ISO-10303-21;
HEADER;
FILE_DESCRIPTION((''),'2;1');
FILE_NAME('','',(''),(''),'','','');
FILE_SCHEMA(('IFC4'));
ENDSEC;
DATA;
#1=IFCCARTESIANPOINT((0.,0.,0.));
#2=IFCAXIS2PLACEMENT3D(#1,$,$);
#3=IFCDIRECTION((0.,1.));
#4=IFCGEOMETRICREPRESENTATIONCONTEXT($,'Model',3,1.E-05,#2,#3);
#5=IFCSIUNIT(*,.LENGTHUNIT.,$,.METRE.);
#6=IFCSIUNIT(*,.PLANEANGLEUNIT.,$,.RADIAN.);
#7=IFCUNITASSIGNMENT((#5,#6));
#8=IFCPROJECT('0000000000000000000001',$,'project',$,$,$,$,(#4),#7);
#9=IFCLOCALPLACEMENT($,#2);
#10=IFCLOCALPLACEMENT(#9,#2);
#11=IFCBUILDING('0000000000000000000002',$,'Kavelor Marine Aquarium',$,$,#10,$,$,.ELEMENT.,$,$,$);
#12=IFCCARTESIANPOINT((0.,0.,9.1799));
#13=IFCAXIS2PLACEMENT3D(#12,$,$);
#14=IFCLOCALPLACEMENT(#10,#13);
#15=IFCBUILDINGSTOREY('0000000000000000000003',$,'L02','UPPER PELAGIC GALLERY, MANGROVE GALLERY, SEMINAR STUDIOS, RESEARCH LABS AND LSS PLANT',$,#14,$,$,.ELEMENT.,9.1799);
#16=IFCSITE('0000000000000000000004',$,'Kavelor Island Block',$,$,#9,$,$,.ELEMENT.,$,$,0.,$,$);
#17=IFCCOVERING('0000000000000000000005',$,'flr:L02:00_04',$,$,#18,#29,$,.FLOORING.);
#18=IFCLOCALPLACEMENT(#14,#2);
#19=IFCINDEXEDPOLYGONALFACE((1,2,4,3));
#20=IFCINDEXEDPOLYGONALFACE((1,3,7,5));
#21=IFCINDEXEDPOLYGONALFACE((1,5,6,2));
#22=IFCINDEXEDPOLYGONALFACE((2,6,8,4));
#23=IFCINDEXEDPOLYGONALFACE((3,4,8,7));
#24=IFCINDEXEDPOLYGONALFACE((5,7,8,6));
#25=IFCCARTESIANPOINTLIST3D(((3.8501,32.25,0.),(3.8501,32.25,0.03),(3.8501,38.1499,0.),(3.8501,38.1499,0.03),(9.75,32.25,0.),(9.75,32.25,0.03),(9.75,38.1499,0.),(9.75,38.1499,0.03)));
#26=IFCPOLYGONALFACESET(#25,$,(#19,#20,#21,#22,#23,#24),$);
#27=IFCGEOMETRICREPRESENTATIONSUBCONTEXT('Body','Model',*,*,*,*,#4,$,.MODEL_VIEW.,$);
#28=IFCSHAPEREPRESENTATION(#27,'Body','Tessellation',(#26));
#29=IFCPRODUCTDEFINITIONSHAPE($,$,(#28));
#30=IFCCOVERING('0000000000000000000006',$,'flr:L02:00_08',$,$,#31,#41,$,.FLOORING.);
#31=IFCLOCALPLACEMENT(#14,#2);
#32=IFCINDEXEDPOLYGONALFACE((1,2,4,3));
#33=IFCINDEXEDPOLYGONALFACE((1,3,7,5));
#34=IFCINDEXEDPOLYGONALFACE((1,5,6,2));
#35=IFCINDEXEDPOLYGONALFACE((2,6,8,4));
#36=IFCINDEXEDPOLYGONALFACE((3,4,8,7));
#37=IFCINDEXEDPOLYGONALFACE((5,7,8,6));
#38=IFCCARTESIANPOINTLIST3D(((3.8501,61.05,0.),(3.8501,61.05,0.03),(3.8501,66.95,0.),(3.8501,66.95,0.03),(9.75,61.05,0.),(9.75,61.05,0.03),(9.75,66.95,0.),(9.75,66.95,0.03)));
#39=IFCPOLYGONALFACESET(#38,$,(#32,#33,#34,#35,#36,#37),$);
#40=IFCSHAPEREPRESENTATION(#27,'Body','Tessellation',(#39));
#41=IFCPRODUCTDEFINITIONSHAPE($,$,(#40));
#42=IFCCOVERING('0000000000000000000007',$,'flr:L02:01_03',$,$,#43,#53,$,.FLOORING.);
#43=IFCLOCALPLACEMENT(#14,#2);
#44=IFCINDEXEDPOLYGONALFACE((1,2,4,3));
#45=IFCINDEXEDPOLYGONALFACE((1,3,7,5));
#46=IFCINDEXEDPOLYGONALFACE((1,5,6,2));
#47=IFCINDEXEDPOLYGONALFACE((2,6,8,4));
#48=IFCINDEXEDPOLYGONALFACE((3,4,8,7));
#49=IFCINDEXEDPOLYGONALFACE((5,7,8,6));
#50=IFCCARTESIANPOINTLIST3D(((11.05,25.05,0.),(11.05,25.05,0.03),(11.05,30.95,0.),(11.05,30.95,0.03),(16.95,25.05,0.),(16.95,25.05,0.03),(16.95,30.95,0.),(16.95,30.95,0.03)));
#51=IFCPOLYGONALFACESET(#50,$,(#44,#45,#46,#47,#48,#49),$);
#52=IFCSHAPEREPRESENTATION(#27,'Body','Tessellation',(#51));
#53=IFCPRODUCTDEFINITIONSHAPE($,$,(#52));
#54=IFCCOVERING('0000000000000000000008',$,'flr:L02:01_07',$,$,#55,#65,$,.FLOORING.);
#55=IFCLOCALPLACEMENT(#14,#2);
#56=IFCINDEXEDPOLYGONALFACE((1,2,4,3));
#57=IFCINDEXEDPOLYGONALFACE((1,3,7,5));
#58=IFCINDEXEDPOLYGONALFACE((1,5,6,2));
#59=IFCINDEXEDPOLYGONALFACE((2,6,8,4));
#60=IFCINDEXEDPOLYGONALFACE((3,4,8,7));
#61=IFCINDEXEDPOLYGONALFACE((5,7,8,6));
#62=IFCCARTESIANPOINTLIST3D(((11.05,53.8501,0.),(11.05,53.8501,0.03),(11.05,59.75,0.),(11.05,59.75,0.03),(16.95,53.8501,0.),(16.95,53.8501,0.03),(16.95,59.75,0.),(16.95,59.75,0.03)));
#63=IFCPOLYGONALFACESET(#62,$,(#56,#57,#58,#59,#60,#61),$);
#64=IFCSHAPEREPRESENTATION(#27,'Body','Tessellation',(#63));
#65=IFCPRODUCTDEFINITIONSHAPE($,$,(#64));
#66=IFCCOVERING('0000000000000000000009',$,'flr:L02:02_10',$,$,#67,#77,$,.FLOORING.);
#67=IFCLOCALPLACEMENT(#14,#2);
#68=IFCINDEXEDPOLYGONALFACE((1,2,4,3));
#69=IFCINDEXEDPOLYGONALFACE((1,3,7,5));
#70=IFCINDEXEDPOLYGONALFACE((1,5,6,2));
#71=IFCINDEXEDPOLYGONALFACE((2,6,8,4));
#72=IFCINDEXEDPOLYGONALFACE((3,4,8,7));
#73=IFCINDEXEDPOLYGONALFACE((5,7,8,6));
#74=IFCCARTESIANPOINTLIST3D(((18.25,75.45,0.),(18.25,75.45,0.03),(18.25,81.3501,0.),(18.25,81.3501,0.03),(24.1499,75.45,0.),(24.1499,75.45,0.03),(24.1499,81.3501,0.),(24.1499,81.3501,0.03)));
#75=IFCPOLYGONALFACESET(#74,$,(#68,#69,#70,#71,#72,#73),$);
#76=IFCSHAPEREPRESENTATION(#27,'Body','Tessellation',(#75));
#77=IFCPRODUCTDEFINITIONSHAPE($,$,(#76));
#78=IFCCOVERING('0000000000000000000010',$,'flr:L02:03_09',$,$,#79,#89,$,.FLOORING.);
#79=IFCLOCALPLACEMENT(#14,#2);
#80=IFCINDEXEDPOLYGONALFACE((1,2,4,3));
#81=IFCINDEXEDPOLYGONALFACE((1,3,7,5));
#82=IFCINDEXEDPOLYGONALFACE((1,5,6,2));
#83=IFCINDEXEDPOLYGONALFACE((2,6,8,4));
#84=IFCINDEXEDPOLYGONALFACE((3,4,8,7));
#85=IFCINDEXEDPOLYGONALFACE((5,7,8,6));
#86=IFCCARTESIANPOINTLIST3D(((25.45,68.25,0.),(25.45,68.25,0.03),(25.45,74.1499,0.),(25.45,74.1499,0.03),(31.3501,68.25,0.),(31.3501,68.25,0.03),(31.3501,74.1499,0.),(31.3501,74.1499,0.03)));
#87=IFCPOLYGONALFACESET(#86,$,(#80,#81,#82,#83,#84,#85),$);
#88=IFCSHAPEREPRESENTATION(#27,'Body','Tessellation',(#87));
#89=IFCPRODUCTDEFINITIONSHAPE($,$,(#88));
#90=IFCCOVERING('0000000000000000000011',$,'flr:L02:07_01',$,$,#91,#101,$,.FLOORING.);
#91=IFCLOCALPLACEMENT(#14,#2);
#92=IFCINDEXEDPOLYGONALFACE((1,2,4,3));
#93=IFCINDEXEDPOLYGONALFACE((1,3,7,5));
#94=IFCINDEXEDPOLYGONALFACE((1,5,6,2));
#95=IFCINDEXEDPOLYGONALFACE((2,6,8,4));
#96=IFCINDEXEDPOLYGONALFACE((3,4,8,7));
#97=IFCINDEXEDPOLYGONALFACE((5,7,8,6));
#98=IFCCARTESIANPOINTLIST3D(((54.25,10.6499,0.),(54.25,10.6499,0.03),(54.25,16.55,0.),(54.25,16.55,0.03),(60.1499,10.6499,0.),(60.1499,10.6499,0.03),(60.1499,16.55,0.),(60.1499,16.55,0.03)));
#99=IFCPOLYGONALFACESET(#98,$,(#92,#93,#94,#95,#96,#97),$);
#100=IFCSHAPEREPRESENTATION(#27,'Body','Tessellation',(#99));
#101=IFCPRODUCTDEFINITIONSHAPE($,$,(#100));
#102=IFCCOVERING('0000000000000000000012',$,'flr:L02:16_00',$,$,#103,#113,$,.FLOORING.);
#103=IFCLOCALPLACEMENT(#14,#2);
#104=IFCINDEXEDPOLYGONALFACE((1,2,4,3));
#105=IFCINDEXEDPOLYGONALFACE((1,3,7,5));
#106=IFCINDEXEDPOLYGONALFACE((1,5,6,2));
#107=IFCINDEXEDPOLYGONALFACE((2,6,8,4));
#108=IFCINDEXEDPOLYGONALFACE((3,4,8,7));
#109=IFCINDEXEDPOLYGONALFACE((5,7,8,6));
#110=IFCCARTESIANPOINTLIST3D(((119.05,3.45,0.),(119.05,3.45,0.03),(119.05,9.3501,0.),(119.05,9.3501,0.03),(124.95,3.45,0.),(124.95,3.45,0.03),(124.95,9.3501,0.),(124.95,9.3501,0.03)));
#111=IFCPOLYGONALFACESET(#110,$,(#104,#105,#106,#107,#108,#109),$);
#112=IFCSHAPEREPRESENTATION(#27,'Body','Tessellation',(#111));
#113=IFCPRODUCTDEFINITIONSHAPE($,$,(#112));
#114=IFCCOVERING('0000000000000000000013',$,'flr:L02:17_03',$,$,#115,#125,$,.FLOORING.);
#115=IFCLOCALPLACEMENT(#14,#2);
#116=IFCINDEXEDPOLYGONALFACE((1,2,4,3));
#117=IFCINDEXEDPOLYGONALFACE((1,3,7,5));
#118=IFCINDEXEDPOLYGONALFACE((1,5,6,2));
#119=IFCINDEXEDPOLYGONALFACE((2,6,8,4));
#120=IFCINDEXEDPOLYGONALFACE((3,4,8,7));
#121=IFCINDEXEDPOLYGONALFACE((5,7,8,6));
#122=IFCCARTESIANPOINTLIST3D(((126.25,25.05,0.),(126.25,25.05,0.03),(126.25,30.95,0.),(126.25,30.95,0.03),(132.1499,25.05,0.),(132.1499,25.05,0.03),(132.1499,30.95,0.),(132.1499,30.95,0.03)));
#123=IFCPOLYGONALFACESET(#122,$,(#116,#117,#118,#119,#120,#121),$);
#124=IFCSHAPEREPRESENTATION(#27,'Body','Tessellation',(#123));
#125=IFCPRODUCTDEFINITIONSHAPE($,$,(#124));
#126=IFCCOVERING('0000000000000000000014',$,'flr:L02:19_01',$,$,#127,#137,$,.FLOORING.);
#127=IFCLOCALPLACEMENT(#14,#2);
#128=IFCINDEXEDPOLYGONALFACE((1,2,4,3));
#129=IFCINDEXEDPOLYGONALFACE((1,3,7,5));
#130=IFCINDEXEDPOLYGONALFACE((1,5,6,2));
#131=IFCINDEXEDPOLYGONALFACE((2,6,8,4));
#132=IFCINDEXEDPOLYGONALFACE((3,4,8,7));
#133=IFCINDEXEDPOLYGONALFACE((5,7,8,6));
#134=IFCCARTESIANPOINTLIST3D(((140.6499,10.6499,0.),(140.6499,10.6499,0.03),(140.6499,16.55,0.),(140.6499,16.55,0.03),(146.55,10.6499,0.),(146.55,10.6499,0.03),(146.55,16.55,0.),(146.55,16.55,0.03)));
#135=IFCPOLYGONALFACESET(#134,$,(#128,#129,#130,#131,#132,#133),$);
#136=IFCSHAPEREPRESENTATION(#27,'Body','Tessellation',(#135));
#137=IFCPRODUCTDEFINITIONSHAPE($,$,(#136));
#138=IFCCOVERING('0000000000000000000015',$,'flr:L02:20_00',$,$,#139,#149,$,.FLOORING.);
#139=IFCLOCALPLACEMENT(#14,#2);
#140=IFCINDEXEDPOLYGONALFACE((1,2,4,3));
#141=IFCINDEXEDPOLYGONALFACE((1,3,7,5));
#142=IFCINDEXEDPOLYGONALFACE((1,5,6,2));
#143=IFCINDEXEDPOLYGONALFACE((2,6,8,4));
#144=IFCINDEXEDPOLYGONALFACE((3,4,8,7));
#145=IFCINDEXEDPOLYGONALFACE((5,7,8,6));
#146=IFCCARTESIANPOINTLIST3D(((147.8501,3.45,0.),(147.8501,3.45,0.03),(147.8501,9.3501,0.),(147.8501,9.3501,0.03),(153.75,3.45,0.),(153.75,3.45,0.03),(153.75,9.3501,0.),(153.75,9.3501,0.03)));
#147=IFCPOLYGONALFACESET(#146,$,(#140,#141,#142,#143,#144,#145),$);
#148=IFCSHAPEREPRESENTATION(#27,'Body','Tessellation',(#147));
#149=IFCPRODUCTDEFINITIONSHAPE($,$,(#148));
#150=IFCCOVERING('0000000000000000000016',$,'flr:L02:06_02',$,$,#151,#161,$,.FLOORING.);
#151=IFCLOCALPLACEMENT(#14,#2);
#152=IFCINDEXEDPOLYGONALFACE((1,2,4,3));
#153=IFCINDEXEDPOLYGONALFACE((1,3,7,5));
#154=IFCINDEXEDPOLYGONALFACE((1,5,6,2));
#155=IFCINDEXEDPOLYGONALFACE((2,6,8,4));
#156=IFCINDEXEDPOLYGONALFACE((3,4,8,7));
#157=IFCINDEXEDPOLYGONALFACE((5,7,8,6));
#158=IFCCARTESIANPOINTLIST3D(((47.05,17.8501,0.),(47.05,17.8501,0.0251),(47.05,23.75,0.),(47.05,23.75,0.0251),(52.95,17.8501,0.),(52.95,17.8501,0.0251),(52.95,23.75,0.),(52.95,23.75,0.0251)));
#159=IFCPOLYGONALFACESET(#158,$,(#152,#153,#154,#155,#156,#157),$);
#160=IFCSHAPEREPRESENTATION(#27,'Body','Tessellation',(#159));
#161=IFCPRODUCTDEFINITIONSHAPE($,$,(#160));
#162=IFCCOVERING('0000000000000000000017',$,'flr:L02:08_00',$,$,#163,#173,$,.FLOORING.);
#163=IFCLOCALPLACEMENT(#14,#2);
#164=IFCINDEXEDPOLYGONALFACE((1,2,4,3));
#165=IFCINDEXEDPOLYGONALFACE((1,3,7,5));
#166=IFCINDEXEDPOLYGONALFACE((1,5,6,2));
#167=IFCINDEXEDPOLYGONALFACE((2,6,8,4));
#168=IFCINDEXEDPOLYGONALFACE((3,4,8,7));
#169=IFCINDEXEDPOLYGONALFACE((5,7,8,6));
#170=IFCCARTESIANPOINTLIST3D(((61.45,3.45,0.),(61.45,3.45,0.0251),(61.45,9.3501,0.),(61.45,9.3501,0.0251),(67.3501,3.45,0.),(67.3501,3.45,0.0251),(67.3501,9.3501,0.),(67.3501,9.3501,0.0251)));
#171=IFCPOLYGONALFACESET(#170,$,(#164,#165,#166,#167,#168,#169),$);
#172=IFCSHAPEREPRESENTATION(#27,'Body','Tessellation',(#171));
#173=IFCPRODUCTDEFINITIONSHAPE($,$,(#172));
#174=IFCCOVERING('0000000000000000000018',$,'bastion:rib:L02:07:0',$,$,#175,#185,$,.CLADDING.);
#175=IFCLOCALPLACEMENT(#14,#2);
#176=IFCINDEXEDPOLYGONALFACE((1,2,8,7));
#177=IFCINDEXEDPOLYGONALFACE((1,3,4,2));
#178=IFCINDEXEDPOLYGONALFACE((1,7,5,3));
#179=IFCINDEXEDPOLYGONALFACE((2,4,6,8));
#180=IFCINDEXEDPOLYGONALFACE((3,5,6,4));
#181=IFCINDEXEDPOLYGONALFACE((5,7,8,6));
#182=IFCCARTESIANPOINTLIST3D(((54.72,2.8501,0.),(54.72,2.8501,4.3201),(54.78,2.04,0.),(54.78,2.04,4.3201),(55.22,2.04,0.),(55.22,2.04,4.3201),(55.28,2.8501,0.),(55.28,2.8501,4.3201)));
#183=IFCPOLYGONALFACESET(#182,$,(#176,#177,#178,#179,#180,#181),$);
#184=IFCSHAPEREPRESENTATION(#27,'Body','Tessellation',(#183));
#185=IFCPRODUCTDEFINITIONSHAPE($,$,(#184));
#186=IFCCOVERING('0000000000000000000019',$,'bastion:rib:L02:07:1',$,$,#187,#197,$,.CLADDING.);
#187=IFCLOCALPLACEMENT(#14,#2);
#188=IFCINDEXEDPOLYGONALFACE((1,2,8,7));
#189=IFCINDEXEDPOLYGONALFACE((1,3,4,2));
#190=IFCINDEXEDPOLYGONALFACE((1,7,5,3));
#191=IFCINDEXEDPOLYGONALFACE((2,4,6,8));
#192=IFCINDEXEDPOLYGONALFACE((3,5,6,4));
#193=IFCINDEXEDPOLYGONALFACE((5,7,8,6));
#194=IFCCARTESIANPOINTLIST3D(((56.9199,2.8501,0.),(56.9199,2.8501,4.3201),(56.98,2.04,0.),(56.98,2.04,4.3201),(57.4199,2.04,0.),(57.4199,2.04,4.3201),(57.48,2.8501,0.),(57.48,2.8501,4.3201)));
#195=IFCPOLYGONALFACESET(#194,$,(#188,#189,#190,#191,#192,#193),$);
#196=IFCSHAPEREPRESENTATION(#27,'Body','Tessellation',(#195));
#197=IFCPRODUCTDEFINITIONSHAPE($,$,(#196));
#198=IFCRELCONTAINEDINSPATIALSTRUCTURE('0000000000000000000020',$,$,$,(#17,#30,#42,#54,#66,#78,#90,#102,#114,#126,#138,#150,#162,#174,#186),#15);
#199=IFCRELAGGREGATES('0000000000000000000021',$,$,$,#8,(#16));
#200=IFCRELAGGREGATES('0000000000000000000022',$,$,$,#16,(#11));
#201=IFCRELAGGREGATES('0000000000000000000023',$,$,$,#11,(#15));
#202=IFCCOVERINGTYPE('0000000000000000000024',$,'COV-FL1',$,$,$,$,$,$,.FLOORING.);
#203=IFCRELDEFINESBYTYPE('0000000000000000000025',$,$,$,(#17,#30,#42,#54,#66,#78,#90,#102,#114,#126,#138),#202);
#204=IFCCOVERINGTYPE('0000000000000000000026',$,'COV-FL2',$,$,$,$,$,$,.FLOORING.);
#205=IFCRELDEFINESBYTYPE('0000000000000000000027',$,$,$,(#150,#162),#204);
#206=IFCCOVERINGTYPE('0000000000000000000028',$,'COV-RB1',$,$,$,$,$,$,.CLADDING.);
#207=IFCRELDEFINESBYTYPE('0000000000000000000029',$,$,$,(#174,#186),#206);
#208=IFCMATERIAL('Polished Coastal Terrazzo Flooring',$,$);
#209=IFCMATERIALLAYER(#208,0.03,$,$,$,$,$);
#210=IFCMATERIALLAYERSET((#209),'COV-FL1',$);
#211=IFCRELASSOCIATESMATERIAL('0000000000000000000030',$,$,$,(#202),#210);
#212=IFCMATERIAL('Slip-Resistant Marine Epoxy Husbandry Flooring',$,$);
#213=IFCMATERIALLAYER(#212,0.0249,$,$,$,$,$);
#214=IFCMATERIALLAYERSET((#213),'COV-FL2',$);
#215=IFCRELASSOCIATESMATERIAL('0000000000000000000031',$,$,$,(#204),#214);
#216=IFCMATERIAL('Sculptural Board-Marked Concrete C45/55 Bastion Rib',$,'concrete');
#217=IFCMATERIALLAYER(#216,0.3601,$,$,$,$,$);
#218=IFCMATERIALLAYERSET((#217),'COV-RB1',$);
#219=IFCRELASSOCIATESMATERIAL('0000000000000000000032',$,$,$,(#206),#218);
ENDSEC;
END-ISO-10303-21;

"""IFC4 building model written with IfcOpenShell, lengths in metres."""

from ifc_helpers import new_model, si_unit, direction, frame, origin, place, context, subcontext, project, spatial, polyline, outline, extrude, material, layer, layer_set, type_object, element, save


model = new_model("IFC4")

# Units and contexts
model_context = context("Model", 3, precision=1e-05, world=origin(), true_north=direction((0.0, 1.0)))
body_context = subcontext(model_context, "Body", "Model", "MODEL_VIEW")
ifc_project = project(units=[si_unit("LENGTHUNIT", "METRE"), si_unit("PLANEANGLEUNIT", "RADIAN")], contexts=[model_context])

# Site, building, storey
site_placement = place(None, origin())
site = spatial("IfcSite", under=ifc_project, at=site_placement, Name="Kavelor Island Block", CompositionType="ELEMENT", RefElevation=0.0)
building_placement = place(site_placement, origin())
building = spatial("IfcBuilding", under=site, at=building_placement, Name="Kavelor Marine Aquarium", CompositionType="ELEMENT")
storey_placement = place(building_placement, frame((0.0, 0.0, 9.1799)))
storey = spatial("IfcBuildingStorey", under=building, at=storey_placement, Name="L02", Description="UPPER PELAGIC GALLERY, MANGROVE GALLERY, SEMINAR STUDIOS, RESEARCH LABS AND LSS PLANT", CompositionType="ELEMENT", Elevation=9.1799)

# Coverings
ifc_material_1 = material(Name="Polished Coastal Terrazzo Flooring")
ifc_layer_1 = layer(ifc_material_1, 0.03)
ifc_layer_set_1 = layer_set([ifc_layer_1], Name="COV-FL1")
covering_type_1 = type_object("IfcCoveringType", Name="COV-FL1", PredefinedType="FLOORING", material=ifc_layer_set_1)
covering_1_placement = place(storey_placement, origin())
element("IfcCovering", 1, at=covering_1_placement, inside=storey, type_object=covering_type_1, Name="flr:L02:00_04", PredefinedType="FLOORING", context=body_context, shape_type="SweptSolid", body=[
    extrude(outline(polyline([(3.8501, 32.25), (9.75, 32.25), (9.75, 38.1499), (3.8501, 38.1499), (3.8501, 32.25)])), origin(), (0.0, 0.0, 1.0), 0.03),
])
covering_2_placement = place(storey_placement, origin())
element("IfcCovering", 2, at=covering_2_placement, inside=storey, type_object=covering_type_1, Name="flr:L02:00_08", PredefinedType="FLOORING", context=body_context, shape_type="SweptSolid", body=[
    extrude(outline(polyline([(3.8501, 61.05), (9.75, 61.05), (9.75, 66.95), (3.8501, 66.95), (3.8501, 61.05)])), origin(), (0.0, 0.0, 1.0), 0.03),
])
covering_3_placement = place(storey_placement, origin())
element("IfcCovering", 3, at=covering_3_placement, inside=storey, type_object=covering_type_1, Name="flr:L02:01_03", PredefinedType="FLOORING", context=body_context, shape_type="SweptSolid", body=[
    extrude(outline(polyline([(11.05, 25.05), (16.95, 25.05), (16.95, 30.95), (11.05, 30.95), (11.05, 25.05)])), origin(), (0.0, 0.0, 1.0), 0.03),
])
covering_4_placement = place(storey_placement, origin())
element("IfcCovering", 4, at=covering_4_placement, inside=storey, type_object=covering_type_1, Name="flr:L02:01_07", PredefinedType="FLOORING", context=body_context, shape_type="SweptSolid", body=[
    extrude(outline(polyline([(11.05, 53.8501), (16.95, 53.8501), (16.95, 59.75), (11.05, 59.75), (11.05, 53.8501)])), origin(), (0.0, 0.0, 1.0), 0.03),
])
covering_5_placement = place(storey_placement, origin())
element("IfcCovering", 5, at=covering_5_placement, inside=storey, type_object=covering_type_1, Name="flr:L02:02_10", PredefinedType="FLOORING", context=body_context, shape_type="SweptSolid", body=[
    extrude(outline(polyline([(18.25, 75.45), (24.1499, 75.45), (24.1499, 81.3501), (18.25, 81.3501), (18.25, 75.45)])), origin(), (0.0, 0.0, 1.0), 0.03),
])
covering_6_placement = place(storey_placement, origin())
element("IfcCovering", 6, at=covering_6_placement, inside=storey, type_object=covering_type_1, Name="flr:L02:03_09", PredefinedType="FLOORING", context=body_context, shape_type="SweptSolid", body=[
    extrude(outline(polyline([(25.45, 68.25), (31.3501, 68.25), (31.3501, 74.1499), (25.45, 74.1499), (25.45, 68.25)])), origin(), (0.0, 0.0, 1.0), 0.03),
])
covering_7_placement = place(storey_placement, origin())
element("IfcCovering", 7, at=covering_7_placement, inside=storey, type_object=covering_type_1, Name="flr:L02:07_01", PredefinedType="FLOORING", context=body_context, shape_type="SweptSolid", body=[
    extrude(outline(polyline([(54.25, 10.6499), (60.1499, 10.6499), (60.1499, 16.55), (54.25, 16.55), (54.25, 10.6499)])), origin(), (0.0, 0.0, 1.0), 0.03),
])
covering_8_placement = place(storey_placement, origin())
element("IfcCovering", 8, at=covering_8_placement, inside=storey, type_object=covering_type_1, Name="flr:L02:16_00", PredefinedType="FLOORING", context=body_context, shape_type="SweptSolid", body=[
    extrude(outline(polyline([(119.05, 3.45), (124.95, 3.45), (124.95, 9.3501), (119.05, 9.3501), (119.05, 3.45)])), origin(), (0.0, 0.0, 1.0), 0.03),
])
covering_9_placement = place(storey_placement, origin())
element("IfcCovering", 9, at=covering_9_placement, inside=storey, type_object=covering_type_1, Name="flr:L02:17_03", PredefinedType="FLOORING", context=body_context, shape_type="SweptSolid", body=[
    extrude(outline(polyline([(126.25, 25.05), (132.1499, 25.05), (132.1499, 30.95), (126.25, 30.95), (126.25, 25.05)])), origin(), (0.0, 0.0, 1.0), 0.03),
])
covering_10_placement = place(storey_placement, origin())
element("IfcCovering", 10, at=covering_10_placement, inside=storey, type_object=covering_type_1, Name="flr:L02:19_01", PredefinedType="FLOORING", context=body_context, shape_type="SweptSolid", body=[
    extrude(outline(polyline([(140.6499, 10.6499), (146.55, 10.6499), (146.55, 16.55), (140.6499, 16.55), (140.6499, 10.6499)])), origin(), (0.0, 0.0, 1.0), 0.03),
])
covering_11_placement = place(storey_placement, origin())
element("IfcCovering", 11, at=covering_11_placement, inside=storey, type_object=covering_type_1, Name="flr:L02:20_00", PredefinedType="FLOORING", context=body_context, shape_type="SweptSolid", body=[
    extrude(outline(polyline([(147.8501, 3.45), (153.75, 3.45), (153.75, 9.3501), (147.8501, 9.3501), (147.8501, 3.45)])), origin(), (0.0, 0.0, 1.0), 0.03),
])
ifc_material_2 = material(Name="Slip-Resistant Marine Epoxy Husbandry Flooring")
ifc_layer_2 = layer(ifc_material_2, 0.0249)
ifc_layer_set_2 = layer_set([ifc_layer_2], Name="COV-FL2")
covering_type_2 = type_object("IfcCoveringType", Name="COV-FL2", PredefinedType="FLOORING", material=ifc_layer_set_2)
covering_12_placement = place(storey_placement, origin())
element("IfcCovering", 12, at=covering_12_placement, inside=storey, type_object=covering_type_2, Name="flr:L02:06_02", PredefinedType="FLOORING", context=body_context, shape_type="SweptSolid", body=[
    extrude(outline(polyline([(47.05, 17.8501), (52.95, 17.8501), (52.95, 23.75), (47.05, 23.75), (47.05, 17.8501)])), origin(), (0.0, 0.0, 1.0), 0.0251),
])
covering_13_placement = place(storey_placement, origin())
element("IfcCovering", 13, at=covering_13_placement, inside=storey, type_object=covering_type_2, Name="flr:L02:08_00", PredefinedType="FLOORING", context=body_context, shape_type="SweptSolid", body=[
    extrude(outline(polyline([(61.45, 3.45), (67.3501, 3.45), (67.3501, 9.3501), (61.45, 9.3501), (61.45, 3.45)])), origin(), (0.0, 0.0, 1.0), 0.0251),
])
ifc_material_3 = material(Name="Sculptural Board-Marked Concrete C45/55 Bastion Rib", Category="concrete")
ifc_layer_3 = layer(ifc_material_3, 0.3601)
ifc_layer_set_3 = layer_set([ifc_layer_3], Name="COV-RB1")
covering_type_3 = type_object("IfcCoveringType", Name="COV-RB1", PredefinedType="CLADDING", material=ifc_layer_set_3)
covering_14_placement = place(storey_placement, origin())
element("IfcCovering", 14, at=covering_14_placement, inside=storey, type_object=covering_type_3, Name="bastion:rib:L02:07:0", PredefinedType="CLADDING", context=body_context, shape_type="SweptSolid", body=[
    extrude(outline(polyline([(54.78, 2.04), (55.22, 2.04), (55.28, 2.8501), (54.72, 2.8501), (54.78, 2.04)])), origin(), (0.0, 0.0, 1.0), 4.3201),
])
covering_15_placement = place(storey_placement, origin())
element("IfcCovering", 15, at=covering_15_placement, inside=storey, type_object=covering_type_3, Name="bastion:rib:L02:07:1", PredefinedType="CLADDING", context=body_context, shape_type="SweptSolid", body=[
    extrude(outline(polyline([(56.98, 2.04), (57.4199, 2.04), (57.48, 2.8501), (56.9199, 2.8501), (56.98, 2.04)])), origin(), (0.0, 0.0, 1.0), 4.3201),
])

save(model, "model.ifc")
